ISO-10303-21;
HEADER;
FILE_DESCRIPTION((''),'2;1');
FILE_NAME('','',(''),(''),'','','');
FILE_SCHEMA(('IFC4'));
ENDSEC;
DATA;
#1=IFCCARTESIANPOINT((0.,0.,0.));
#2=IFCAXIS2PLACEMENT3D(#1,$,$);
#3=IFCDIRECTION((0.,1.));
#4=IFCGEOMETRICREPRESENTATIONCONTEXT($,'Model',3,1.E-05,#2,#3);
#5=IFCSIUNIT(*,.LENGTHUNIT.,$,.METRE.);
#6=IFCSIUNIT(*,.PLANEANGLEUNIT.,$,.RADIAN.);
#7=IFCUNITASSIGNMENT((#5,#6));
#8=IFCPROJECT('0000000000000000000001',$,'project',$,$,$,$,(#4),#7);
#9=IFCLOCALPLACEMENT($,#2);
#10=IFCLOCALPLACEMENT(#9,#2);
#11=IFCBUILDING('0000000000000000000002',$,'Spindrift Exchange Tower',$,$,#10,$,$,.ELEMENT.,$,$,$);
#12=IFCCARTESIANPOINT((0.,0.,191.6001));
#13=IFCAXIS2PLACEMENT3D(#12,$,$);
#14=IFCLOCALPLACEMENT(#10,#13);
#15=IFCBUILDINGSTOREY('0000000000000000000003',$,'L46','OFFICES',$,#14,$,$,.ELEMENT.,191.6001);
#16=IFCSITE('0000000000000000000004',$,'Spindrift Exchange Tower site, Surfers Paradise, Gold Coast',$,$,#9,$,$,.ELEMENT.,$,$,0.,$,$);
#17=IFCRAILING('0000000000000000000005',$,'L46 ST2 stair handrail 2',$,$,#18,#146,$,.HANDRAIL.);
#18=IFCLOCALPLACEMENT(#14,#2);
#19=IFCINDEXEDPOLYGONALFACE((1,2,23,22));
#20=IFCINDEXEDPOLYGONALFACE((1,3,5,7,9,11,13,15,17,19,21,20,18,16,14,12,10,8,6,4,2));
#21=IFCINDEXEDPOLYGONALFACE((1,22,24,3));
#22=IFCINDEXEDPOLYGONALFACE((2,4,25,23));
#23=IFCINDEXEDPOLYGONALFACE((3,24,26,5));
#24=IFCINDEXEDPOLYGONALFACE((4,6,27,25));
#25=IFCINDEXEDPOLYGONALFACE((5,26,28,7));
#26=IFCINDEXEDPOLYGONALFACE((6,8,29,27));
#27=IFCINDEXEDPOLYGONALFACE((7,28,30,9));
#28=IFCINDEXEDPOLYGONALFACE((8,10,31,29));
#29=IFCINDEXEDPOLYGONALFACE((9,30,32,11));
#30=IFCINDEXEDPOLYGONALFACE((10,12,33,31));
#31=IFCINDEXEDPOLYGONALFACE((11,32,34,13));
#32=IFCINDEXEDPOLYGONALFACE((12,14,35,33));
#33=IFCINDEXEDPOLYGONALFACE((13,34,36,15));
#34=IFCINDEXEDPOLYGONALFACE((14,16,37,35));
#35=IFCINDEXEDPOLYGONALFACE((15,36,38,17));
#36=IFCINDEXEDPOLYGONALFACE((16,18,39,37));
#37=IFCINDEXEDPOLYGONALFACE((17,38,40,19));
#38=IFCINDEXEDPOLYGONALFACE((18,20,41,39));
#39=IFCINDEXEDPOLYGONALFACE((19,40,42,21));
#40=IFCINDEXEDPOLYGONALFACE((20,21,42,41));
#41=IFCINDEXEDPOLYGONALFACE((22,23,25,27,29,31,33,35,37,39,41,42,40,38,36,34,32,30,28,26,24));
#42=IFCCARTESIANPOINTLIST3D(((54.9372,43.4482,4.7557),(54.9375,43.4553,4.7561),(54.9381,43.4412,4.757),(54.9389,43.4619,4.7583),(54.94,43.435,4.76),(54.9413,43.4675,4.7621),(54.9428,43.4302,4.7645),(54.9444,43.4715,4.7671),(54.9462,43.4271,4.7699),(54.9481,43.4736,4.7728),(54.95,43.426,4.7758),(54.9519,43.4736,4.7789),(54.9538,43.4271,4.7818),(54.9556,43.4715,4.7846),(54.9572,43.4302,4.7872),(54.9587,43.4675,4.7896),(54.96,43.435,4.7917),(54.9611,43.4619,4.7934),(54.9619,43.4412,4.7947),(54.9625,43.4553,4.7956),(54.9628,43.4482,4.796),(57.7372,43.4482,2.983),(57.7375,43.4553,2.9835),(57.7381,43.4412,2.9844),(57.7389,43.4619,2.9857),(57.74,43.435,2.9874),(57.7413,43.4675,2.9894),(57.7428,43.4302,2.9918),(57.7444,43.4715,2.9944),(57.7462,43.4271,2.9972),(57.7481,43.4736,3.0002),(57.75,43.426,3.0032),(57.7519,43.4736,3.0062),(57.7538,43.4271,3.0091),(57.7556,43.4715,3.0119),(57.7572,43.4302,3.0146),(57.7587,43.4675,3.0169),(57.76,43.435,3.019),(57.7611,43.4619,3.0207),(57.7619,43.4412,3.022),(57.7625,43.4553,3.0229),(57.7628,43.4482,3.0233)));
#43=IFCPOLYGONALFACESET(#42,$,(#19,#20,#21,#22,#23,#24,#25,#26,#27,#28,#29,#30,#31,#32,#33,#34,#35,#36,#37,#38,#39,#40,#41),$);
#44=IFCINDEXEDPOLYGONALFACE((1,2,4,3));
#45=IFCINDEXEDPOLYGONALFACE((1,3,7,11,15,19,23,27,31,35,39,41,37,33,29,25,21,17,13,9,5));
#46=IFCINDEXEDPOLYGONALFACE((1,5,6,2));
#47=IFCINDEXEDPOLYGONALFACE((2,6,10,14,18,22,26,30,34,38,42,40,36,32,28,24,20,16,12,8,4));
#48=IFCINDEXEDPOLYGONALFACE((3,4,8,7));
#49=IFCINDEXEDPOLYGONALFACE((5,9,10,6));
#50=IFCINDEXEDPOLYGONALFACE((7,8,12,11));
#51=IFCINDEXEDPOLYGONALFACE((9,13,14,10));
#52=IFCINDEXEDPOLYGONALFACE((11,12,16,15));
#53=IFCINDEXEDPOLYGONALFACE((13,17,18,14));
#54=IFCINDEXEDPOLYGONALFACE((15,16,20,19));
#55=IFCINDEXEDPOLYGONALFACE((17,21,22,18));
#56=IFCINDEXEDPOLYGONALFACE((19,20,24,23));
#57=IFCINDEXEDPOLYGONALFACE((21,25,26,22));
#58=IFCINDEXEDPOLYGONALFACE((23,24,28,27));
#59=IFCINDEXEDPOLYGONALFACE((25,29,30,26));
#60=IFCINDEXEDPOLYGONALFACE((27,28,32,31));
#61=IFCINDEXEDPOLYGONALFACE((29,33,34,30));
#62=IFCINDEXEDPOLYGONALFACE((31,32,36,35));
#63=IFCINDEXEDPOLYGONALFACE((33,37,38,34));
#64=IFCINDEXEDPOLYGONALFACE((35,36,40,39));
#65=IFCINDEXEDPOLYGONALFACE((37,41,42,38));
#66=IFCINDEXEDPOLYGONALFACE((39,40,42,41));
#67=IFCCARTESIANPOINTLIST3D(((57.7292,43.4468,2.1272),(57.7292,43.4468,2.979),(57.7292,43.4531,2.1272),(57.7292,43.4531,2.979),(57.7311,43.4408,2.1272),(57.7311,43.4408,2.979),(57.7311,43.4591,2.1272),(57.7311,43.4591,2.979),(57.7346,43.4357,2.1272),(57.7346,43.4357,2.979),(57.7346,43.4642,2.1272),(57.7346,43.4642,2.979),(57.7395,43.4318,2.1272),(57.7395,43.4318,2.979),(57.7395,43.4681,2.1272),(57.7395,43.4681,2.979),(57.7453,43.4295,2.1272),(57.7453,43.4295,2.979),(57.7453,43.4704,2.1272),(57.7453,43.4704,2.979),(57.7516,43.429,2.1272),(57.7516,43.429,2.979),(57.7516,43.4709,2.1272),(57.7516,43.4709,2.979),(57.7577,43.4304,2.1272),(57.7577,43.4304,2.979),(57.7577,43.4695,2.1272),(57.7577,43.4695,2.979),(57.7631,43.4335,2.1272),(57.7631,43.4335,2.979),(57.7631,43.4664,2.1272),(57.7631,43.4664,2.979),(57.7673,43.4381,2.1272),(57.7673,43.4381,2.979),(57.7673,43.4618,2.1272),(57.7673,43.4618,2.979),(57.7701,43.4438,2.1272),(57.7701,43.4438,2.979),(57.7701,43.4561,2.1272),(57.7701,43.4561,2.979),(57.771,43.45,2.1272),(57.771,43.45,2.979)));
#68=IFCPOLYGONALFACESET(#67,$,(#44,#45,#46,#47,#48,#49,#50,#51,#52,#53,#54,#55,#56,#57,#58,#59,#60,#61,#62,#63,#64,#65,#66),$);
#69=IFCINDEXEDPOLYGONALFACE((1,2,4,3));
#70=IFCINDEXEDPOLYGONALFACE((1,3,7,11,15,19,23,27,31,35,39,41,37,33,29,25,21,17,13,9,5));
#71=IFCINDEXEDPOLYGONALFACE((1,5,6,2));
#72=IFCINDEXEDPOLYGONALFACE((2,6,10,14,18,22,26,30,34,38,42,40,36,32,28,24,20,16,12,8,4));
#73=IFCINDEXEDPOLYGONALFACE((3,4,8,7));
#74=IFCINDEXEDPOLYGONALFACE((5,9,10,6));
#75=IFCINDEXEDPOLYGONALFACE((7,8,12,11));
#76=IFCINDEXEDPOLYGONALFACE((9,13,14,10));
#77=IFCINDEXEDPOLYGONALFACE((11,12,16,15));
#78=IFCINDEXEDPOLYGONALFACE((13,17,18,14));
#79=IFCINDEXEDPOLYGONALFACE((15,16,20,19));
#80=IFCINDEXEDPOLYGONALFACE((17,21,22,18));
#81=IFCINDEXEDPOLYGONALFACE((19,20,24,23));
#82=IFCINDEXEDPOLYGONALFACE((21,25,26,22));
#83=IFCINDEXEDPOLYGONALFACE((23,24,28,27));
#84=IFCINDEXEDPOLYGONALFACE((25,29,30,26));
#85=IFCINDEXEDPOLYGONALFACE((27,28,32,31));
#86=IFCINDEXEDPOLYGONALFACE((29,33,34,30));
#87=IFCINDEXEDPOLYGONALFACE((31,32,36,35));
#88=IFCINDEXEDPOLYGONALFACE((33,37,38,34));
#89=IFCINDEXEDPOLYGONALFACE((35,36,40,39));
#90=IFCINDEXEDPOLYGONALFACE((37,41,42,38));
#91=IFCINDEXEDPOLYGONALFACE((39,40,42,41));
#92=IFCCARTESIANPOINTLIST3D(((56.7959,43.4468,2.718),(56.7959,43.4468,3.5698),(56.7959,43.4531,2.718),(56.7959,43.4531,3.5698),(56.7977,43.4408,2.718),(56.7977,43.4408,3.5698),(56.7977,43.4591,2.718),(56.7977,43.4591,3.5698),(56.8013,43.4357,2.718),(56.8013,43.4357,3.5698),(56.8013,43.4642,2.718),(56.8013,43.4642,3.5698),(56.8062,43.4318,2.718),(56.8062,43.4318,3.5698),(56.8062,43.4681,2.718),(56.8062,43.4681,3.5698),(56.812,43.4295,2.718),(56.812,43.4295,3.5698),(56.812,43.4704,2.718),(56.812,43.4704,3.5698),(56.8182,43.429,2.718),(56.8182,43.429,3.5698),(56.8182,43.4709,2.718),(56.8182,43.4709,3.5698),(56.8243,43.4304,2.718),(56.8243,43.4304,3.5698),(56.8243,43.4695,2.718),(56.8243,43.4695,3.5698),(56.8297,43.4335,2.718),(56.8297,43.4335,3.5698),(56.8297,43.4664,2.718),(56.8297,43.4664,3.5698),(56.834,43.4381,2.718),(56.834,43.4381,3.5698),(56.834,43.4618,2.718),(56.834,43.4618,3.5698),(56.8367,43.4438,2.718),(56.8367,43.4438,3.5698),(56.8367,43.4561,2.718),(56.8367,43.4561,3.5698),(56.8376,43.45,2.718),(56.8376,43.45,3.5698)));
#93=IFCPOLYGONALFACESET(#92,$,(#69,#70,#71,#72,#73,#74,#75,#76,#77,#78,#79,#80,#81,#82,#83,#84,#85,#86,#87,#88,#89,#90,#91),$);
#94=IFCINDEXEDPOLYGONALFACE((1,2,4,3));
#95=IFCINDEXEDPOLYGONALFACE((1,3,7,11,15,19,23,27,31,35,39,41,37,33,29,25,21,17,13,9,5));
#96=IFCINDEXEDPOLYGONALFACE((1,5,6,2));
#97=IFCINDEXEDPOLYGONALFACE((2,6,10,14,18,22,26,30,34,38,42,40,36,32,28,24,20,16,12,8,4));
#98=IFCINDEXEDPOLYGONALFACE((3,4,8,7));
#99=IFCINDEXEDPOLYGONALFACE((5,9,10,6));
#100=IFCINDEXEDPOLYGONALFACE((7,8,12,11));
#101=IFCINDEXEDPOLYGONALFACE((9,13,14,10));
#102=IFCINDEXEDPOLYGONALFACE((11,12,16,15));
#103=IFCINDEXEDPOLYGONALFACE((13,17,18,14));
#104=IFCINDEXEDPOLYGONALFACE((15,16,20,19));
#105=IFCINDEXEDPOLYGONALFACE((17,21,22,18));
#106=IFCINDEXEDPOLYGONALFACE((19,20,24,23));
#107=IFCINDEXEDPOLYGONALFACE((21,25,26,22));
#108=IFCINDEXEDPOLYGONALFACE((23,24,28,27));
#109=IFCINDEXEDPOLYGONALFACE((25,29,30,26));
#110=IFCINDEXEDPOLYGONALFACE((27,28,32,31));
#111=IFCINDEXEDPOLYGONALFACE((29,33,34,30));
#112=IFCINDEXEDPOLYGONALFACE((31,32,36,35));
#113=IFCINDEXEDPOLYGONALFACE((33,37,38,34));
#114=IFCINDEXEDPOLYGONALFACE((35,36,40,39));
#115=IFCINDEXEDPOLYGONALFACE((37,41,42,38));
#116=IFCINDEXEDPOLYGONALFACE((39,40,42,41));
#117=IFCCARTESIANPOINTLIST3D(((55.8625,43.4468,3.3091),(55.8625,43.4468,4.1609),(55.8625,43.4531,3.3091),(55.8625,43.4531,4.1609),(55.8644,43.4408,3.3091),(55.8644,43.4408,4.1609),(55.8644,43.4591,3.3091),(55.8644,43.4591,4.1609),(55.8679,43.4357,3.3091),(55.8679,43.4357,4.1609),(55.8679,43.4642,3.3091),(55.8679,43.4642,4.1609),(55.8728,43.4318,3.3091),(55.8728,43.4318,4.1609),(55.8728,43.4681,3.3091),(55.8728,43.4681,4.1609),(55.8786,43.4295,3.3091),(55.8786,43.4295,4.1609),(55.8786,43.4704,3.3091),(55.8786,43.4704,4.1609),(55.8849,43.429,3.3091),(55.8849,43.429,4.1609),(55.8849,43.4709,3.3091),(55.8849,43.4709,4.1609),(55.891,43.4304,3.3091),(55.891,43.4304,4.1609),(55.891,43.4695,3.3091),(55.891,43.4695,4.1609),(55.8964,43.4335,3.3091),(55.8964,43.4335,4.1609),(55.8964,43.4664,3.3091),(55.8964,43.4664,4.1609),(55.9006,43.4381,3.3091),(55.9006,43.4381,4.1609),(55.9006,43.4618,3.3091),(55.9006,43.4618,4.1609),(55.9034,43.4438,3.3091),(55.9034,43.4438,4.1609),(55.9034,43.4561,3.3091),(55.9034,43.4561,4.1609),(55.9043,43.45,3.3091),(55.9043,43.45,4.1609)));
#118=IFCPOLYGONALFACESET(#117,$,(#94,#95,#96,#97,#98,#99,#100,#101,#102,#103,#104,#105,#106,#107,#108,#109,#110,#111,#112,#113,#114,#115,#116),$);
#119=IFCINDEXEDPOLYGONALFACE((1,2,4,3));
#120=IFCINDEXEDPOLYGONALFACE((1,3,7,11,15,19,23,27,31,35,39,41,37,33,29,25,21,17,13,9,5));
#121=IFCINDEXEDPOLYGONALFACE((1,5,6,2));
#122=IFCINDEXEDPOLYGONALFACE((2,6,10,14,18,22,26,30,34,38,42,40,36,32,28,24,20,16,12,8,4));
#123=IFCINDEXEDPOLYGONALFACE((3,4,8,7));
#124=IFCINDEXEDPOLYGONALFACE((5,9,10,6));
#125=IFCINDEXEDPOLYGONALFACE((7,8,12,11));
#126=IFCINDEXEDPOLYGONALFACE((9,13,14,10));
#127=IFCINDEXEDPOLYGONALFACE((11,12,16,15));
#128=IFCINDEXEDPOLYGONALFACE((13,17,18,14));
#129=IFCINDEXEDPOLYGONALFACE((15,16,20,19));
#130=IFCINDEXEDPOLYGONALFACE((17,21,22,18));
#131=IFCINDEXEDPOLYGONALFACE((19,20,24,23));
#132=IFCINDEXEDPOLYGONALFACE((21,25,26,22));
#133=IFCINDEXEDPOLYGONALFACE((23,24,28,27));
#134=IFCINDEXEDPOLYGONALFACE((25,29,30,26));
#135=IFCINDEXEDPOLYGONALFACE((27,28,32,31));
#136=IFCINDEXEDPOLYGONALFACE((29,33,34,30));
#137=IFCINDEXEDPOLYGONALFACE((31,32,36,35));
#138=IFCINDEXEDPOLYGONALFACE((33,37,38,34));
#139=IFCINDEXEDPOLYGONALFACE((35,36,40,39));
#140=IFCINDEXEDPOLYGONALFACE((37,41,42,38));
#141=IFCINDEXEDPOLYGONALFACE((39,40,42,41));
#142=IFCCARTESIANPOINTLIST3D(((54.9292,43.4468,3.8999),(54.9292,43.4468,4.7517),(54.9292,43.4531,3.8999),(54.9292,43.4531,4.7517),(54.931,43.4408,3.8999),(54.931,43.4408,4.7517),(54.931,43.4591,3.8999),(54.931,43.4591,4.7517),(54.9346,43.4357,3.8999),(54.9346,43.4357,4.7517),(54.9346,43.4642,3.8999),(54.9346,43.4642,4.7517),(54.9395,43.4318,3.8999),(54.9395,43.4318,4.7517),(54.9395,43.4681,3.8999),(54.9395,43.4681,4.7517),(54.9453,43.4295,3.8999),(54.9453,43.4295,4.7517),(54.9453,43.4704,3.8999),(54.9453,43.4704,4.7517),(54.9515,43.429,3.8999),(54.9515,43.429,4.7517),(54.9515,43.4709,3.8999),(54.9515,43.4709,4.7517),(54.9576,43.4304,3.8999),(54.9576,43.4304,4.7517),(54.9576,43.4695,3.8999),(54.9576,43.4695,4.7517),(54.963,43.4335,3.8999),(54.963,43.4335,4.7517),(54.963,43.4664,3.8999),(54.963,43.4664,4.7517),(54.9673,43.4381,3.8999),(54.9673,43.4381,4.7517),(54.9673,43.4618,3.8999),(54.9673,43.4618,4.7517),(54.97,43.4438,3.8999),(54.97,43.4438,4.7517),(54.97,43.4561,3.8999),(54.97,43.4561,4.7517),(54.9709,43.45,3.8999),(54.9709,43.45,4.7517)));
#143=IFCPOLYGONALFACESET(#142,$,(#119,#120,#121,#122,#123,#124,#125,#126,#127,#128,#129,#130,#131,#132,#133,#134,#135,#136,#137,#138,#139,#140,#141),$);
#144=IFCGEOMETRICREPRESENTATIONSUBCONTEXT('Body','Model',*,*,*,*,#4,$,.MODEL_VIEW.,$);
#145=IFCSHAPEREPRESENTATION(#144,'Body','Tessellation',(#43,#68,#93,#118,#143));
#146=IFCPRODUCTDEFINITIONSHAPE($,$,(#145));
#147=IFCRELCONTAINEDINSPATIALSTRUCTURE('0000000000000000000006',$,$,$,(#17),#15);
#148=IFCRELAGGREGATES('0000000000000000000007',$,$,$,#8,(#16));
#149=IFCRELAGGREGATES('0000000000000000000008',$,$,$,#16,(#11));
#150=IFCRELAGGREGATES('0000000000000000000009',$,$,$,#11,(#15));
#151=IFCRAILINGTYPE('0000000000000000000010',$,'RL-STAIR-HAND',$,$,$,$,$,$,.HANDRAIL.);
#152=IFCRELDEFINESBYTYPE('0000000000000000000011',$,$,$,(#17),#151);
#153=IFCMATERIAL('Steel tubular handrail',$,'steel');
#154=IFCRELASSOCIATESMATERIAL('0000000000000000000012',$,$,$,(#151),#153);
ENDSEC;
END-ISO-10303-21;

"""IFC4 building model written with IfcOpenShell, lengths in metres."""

from ifc_helpers import new_model, si_unit, direction, frame, origin, origin_2d, place, context, subcontext, project, spatial, circle, extrude, material, type_object, element, save


model = new_model("IFC4")

# Units and contexts
model_context = context("Model", 3, precision=1e-05, world=origin(), true_north=direction((0.0, 1.0)))
body_context = subcontext(model_context, "Body", "Model", "MODEL_VIEW")
ifc_project = project(units=[si_unit("LENGTHUNIT", "METRE"), si_unit("PLANEANGLEUNIT", "RADIAN")], contexts=[model_context])

# Site, building, storey
site_placement = place(None, origin())
site = spatial("IfcSite", under=ifc_project, at=site_placement, Name="Spindrift Exchange Tower site, Surfers Paradise, Gold Coast", CompositionType="ELEMENT", RefElevation=0.0)
building_placement = place(site_placement, origin())
building = spatial("IfcBuilding", under=site, at=building_placement, Name="Spindrift Exchange Tower", CompositionType="ELEMENT")
storey_placement = place(building_placement, frame((0.0, 0.0, 191.6001)))
storey = spatial("IfcBuildingStorey", under=building, at=storey_placement, Name="L46", Description="OFFICES", CompositionType="ELEMENT", Elevation=191.6001)

# Railing
ifc_material_1 = material(Name="Steel tubular handrail", Category="steel")
railing_type_1 = type_object("IfcRailingType", Name="RL-STAIR-HAND", PredefinedType="HANDRAIL", material=ifc_material_1)
railing_1_placement = place(storey_placement, frame((57.75, 43.45, 2.1272)))
element("IfcRailing", 1, at=railing_1_placement, inside=storey, type_object=railing_type_1, Name="L46 ST2 stair handrail 2", PredefinedType="HANDRAIL", context=body_context, shape_type="SweptSolid", body=[
    extrude(circle(Radius=0.0239, at=origin_2d()), frame((0.0, 0.0, 0.876), z_axis=(-0.844909, 0.0, 0.53491), x_axis=(0.0, -1.0, 0.0)), (0.0, 0.0, 1.0), 3.314),
    extrude(circle(Radius=0.021, at=origin_2d()), origin(), (0.0, 0.0, 1.0), 0.8518),
    extrude(circle(Radius=0.021, at=origin_2d()), frame((-0.9333, 0.0, 0.5908)), (0.0, 0.0, 1.0), 0.8518),
    extrude(circle(Radius=0.021, at=origin_2d()), frame((-1.8667, 0.0, 1.1819)), (0.0, 0.0, 1.0), 0.8518),
    extrude(circle(Radius=0.021, at=origin_2d()), frame((-2.8, 0.0, 1.7727)), (0.0, 0.0, 1.0), 0.8518),
])

save(model, "model.ifc")
